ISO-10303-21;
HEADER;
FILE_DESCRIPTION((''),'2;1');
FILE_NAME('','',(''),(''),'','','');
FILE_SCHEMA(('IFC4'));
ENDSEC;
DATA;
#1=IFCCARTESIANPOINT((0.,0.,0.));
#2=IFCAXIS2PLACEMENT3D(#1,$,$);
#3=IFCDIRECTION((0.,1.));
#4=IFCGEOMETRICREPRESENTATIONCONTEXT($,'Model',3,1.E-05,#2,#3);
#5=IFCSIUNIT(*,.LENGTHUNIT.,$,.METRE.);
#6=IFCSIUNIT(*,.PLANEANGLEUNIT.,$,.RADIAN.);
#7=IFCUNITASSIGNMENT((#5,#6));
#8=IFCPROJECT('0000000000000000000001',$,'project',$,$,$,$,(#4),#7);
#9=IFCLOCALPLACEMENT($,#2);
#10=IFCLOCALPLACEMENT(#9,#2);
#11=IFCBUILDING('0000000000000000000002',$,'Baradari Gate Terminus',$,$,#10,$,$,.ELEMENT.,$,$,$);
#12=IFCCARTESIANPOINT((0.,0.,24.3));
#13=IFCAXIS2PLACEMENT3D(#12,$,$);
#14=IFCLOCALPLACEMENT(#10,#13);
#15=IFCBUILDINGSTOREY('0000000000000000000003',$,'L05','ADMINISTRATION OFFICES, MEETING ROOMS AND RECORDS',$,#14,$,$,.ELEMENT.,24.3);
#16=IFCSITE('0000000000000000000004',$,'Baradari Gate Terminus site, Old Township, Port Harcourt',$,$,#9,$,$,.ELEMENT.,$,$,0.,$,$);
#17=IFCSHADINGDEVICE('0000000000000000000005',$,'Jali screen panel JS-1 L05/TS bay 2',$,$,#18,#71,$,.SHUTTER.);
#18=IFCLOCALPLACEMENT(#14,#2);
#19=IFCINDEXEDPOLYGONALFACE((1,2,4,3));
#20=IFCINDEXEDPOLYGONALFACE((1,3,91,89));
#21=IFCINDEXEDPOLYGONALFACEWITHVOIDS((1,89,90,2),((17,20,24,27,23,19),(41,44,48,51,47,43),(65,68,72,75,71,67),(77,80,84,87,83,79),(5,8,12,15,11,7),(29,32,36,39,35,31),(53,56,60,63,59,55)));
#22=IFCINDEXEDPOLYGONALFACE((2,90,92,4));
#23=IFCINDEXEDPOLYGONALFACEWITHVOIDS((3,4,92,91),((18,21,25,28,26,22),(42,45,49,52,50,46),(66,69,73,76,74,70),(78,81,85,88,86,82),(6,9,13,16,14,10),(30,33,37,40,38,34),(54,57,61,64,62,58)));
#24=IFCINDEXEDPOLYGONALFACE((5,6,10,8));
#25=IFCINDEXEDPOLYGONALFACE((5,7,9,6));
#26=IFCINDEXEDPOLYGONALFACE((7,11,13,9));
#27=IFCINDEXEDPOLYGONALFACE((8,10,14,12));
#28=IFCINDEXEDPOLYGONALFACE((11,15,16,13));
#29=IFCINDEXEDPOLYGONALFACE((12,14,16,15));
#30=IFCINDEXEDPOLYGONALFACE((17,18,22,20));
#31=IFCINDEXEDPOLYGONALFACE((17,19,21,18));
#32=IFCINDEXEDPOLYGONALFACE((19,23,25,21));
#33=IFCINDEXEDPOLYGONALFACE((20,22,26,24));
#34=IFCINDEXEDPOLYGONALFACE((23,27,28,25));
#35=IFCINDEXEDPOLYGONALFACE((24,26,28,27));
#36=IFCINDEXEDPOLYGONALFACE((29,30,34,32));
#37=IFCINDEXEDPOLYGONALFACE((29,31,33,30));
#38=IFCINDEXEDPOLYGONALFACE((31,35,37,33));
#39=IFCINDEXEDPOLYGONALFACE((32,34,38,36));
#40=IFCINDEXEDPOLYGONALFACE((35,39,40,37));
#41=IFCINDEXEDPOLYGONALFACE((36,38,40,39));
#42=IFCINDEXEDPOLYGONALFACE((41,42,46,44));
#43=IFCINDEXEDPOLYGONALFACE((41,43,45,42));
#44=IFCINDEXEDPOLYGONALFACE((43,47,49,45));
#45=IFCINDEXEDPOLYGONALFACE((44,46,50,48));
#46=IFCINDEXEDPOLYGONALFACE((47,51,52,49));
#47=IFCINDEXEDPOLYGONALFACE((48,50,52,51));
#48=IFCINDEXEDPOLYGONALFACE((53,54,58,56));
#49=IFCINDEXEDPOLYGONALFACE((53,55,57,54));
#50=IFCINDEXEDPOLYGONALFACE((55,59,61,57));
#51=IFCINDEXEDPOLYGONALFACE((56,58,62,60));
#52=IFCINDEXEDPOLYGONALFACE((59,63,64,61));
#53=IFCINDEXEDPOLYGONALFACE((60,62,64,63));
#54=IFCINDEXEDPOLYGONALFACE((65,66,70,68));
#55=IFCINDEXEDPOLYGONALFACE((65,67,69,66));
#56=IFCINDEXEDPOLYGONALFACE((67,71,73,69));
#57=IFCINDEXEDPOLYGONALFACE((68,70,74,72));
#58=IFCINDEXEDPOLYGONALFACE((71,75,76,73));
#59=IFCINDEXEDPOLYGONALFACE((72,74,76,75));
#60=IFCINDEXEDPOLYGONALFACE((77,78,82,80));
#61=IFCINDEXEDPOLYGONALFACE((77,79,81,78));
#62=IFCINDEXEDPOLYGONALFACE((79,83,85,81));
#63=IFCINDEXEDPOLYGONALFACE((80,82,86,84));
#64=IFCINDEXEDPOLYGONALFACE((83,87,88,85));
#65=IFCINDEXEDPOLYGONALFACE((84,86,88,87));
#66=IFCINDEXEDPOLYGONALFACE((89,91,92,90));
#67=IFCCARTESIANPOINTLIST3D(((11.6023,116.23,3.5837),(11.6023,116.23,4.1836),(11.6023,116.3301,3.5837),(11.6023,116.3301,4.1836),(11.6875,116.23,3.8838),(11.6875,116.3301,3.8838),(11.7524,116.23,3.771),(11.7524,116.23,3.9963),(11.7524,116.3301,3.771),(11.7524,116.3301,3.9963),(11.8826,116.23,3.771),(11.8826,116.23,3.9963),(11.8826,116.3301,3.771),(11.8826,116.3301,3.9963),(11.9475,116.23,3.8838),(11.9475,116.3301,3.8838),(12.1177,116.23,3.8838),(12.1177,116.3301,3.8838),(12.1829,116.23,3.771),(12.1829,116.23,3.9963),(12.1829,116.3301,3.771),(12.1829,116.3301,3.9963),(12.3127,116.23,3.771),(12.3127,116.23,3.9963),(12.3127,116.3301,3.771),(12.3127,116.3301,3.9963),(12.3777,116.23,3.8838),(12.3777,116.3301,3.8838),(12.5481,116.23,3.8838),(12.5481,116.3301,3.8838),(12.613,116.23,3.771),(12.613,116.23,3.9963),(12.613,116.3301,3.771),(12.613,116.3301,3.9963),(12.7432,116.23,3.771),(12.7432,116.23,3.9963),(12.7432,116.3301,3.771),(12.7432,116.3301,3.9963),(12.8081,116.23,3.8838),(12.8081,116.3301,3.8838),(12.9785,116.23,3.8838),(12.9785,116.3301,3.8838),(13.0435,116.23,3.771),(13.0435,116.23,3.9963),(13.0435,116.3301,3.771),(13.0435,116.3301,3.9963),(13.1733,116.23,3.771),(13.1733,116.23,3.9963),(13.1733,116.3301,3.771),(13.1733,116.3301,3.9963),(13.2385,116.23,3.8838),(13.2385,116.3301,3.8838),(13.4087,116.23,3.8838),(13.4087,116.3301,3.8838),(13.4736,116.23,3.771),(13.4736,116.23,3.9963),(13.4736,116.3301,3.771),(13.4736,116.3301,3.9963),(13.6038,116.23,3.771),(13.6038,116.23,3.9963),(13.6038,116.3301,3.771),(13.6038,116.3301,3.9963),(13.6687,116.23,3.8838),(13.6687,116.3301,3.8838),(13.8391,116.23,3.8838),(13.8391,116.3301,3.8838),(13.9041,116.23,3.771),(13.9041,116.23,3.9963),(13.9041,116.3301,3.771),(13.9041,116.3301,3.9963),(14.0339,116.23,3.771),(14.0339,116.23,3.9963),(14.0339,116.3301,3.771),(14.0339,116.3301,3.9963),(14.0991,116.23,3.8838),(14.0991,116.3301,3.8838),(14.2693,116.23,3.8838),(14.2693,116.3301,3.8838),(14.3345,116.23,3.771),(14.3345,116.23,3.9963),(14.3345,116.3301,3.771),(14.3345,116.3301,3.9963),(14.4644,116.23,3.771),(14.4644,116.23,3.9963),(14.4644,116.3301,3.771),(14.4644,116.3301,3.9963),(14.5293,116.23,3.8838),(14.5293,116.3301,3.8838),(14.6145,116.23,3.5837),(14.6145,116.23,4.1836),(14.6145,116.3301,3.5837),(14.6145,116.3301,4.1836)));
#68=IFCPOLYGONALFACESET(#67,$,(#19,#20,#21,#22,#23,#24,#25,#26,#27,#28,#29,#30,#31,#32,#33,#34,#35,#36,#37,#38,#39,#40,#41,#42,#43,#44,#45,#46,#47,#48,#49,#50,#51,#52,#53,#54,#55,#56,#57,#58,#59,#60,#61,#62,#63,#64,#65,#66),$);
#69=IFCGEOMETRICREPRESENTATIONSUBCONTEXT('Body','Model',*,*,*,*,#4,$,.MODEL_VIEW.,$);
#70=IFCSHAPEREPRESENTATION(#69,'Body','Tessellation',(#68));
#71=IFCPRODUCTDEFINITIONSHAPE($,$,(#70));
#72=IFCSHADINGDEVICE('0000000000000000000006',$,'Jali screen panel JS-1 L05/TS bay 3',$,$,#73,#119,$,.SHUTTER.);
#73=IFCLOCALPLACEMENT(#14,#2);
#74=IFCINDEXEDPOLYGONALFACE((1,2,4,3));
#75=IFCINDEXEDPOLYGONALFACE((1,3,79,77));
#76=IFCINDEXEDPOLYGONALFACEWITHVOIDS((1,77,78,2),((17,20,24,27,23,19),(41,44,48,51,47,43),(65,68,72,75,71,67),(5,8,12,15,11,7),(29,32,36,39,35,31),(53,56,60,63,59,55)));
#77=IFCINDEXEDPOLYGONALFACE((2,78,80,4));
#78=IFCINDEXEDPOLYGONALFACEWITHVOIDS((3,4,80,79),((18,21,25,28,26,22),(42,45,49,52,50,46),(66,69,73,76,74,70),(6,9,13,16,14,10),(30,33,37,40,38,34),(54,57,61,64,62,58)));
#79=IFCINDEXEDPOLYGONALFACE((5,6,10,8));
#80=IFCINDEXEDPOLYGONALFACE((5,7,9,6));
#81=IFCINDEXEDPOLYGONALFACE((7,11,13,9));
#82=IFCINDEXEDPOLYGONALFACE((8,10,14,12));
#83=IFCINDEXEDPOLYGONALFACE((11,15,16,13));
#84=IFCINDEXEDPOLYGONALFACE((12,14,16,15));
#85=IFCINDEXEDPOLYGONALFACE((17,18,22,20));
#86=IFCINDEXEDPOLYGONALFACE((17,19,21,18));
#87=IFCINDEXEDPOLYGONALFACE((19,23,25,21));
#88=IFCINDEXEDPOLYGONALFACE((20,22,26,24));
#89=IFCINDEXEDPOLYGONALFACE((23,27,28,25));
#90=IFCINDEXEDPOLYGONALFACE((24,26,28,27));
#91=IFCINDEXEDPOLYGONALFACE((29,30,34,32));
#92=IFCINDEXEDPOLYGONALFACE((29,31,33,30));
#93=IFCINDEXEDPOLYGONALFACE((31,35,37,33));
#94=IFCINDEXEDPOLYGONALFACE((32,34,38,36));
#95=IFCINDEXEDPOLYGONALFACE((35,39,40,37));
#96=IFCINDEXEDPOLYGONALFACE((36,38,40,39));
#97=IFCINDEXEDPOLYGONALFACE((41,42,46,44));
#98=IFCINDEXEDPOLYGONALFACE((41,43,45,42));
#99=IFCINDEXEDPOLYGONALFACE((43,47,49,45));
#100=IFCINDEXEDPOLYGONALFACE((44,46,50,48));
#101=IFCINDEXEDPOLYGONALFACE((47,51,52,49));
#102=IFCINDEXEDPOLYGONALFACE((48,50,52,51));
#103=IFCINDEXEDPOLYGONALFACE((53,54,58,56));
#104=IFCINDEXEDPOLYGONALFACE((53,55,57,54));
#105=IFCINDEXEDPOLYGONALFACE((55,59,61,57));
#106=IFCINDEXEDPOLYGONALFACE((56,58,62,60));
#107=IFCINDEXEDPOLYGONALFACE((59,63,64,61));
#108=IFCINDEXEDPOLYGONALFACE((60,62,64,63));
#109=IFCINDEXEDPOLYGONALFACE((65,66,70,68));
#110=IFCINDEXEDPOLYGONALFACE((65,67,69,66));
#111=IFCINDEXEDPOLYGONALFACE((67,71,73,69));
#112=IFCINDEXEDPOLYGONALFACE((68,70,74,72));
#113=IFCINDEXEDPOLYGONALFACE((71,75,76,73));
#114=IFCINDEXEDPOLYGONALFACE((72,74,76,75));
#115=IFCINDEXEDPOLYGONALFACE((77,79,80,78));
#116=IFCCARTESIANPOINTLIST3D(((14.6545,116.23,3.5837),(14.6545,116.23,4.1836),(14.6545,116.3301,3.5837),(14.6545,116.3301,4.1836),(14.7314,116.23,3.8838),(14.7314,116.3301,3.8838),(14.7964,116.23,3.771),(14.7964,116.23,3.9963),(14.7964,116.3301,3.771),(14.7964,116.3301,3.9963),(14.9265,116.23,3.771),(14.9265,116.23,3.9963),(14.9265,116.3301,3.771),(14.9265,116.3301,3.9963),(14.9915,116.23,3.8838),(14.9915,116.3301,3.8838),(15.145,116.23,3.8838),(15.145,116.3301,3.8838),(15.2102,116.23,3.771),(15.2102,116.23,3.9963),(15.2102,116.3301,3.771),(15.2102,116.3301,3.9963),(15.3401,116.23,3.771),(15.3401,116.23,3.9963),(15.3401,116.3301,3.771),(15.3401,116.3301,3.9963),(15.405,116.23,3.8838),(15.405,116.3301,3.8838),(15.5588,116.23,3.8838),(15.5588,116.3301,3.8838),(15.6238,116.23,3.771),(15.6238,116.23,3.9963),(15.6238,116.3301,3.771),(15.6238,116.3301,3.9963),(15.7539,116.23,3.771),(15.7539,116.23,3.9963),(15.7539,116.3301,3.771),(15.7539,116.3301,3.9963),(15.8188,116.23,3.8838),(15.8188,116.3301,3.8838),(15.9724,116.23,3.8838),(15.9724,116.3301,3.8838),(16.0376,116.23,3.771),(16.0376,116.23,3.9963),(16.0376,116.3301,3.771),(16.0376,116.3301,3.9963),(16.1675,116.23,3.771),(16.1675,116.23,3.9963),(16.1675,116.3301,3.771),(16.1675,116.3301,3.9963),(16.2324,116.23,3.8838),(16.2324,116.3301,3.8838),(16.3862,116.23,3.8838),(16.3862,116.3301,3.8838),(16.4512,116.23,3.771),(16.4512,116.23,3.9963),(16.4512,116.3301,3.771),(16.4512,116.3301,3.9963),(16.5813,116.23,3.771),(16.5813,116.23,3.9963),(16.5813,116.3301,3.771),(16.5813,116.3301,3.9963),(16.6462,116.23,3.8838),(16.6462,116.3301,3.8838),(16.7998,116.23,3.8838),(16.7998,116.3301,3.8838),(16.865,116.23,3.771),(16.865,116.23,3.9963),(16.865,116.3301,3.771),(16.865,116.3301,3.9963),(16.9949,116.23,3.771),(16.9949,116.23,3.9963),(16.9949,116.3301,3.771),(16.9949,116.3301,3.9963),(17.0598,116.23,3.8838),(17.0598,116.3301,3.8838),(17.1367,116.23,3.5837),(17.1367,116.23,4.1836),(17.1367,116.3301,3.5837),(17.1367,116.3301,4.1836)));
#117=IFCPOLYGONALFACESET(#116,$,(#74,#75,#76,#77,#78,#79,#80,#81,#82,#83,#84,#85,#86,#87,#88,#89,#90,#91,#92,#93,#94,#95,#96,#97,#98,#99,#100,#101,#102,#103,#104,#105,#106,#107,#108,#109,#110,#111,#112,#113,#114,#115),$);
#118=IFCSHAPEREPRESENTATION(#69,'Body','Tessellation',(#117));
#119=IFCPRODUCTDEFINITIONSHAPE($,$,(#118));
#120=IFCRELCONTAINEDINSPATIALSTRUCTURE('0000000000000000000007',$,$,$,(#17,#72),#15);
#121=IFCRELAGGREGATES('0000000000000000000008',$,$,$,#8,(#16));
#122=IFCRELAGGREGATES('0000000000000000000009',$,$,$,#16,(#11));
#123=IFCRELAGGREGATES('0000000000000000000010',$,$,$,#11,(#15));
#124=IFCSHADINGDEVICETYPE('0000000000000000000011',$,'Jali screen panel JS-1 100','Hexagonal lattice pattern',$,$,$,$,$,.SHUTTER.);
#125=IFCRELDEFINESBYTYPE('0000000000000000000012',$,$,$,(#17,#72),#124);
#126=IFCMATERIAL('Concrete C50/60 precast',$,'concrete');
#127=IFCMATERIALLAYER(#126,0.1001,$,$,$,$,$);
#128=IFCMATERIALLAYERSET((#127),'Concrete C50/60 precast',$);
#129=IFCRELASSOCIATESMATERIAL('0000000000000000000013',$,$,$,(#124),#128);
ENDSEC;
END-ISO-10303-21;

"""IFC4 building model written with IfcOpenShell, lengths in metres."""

from ifc_helpers import new_model, si_unit, direction, frame, origin, place, context, subcontext, project, spatial, polyline, outline, extrude, material, layer, layer_set, type_object, element, save


model = new_model("IFC4")

# Units and contexts
model_context = context("Model", 3, precision=1e-05, world=origin(), true_north=direction((0.0, 1.0)))
body_context = subcontext(model_context, "Body", "Model", "MODEL_VIEW")
ifc_project = project(units=[si_unit("LENGTHUNIT", "METRE"), si_unit("PLANEANGLEUNIT", "RADIAN")], contexts=[model_context])

# Site, building, storey
site_placement = place(None, origin())
site = spatial("IfcSite", under=ifc_project, at=site_placement, Name="Baradari Gate Terminus site, Old Township, Port Harcourt", CompositionType="ELEMENT", RefElevation=0.0)
building_placement = place(site_placement, origin())
building = spatial("IfcBuilding", under=site, at=building_placement, Name="Baradari Gate Terminus", CompositionType="ELEMENT")
storey_placement = place(building_placement, frame((0.0, 0.0, 24.3)))
storey = spatial("IfcBuildingStorey", under=building, at=storey_placement, Name="L05", Description="ADMINISTRATION OFFICES, MEETING ROOMS AND RECORDS", CompositionType="ELEMENT", Elevation=24.3)

# Shading devices
ifc_material_1 = material(Name="Concrete C50/60 precast", Category="concrete")
ifc_layer_1 = layer(ifc_material_1, 0.1001)
ifc_layer_set_1 = layer_set([ifc_layer_1], Name="Concrete C50/60 precast")
shading_device_type = type_object("IfcShadingDeviceType", Name="Jali screen panel JS-1 100", Description="Hexagonal lattice pattern", PredefinedType="SHUTTER", material=ifc_layer_set_1)
shading_device_1_placement = place(storey_placement, frame((11.6023, 116.28, 3.5837), z_axis=(0.0, 0.0, 1.0), x_axis=(1.0, 0.0, 0.0)))
element("IfcShadingDevice", 1, at=shading_device_1_placement, inside=storey, type_object=shading_device_type, Name="Jali screen panel JS-1 L05/TS bay 2", PredefinedType="SHUTTER", context=body_context, shape_type="SweptSolid", body=[
    extrude(outline(polyline([(0.0, 0.0), (3.0122, 0.0), (3.0122, 0.5999), (0.0, 0.5999), (0.0, 0.0)]), holes=[polyline([(0.3452, 0.3), (0.2803, 0.1873), (0.1501, 0.1873), (0.0852, 0.3), (0.1501, 0.4126), (0.2803, 0.4126), (0.3452, 0.3)]), polyline([(0.7754, 0.3), (0.7104, 0.1873), (0.5806, 0.1873), (0.5154, 0.3), (0.5806, 0.4126), (0.7104, 0.4126), (0.7754, 0.3)]), polyline([(1.2058, 0.3), (1.1409, 0.1873), (1.0107, 0.1873), (0.9458, 0.3), (1.0107, 0.4126), (1.1409, 0.4126), (1.2058, 0.3)]), polyline([(1.6362, 0.3), (1.571, 0.1873), (1.4412, 0.1873), (1.3762, 0.3), (1.4412, 0.4126), (1.571, 0.4126), (1.6362, 0.3)]), polyline([(2.0664, 0.3), (2.0015, 0.1873), (1.8713, 0.1873), (1.8064, 0.3), (1.8713, 0.4126), (2.0015, 0.4126), (2.0664, 0.3)]), polyline([(2.4968, 0.3), (2.4316, 0.1873), (2.3018, 0.1873), (2.2368, 0.3), (2.3018, 0.4126), (2.4316, 0.4126), (2.4968, 0.3)]), polyline([(2.927, 0.3), (2.8621, 0.1873), (2.7322, 0.1873), (2.667, 0.3), (2.7322, 0.4126), (2.8621, 0.4126), (2.927, 0.3)])]), frame((0.0, 0.05, 0.0), z_axis=(0.0, -1.0, 0.0), x_axis=(1.0, 0.0, 0.0)), (0.0, 0.0, 1.0), 0.1001),
])
shading_device_2_placement = place(storey_placement, frame((14.6545, 116.28, 3.5837), z_axis=(0.0, 0.0, 1.0), x_axis=(1.0, 0.0, 0.0)))
element("IfcShadingDevice", 2, at=shading_device_2_placement, inside=storey, type_object=shading_device_type, Name="Jali screen panel JS-1 L05/TS bay 3", PredefinedType="SHUTTER", context=body_context, shape_type="SweptSolid", body=[
    extrude(outline(polyline([(0.0, 0.0), (2.4822, 0.0), (2.4822, 0.5999), (0.0, 0.5999), (0.0, 0.0)]), holes=[polyline([(0.3369, 0.3), (0.272, 0.1873), (0.1418, 0.1873), (0.0769, 0.3), (0.1418, 0.4126), (0.272, 0.4126), (0.3369, 0.3)]), polyline([(0.7505, 0.3), (0.6855, 0.1873), (0.5557, 0.1873), (0.4905, 0.3), (0.5557, 0.4126), (0.6855, 0.4126), (0.7505, 0.3)]), polyline([(1.1643, 0.3), (1.0994, 0.1873), (0.9692, 0.1873), (0.9043, 0.3), (0.9692, 0.4126), (1.0994, 0.4126), (1.1643, 0.3)]), polyline([(1.5779, 0.3), (1.5129, 0.1873), (1.3831, 0.1873), (1.3179, 0.3), (1.3831, 0.4126), (1.5129, 0.4126), (1.5779, 0.3)]), polyline([(1.9917, 0.3), (1.9268, 0.1873), (1.7966, 0.1873), (1.7317, 0.3), (1.7966, 0.4126), (1.9268, 0.4126), (1.9917, 0.3)]), polyline([(2.4053, 0.3), (2.3403, 0.1873), (2.2104, 0.1873), (2.1453, 0.3), (2.2104, 0.4126), (2.3403, 0.4126), (2.4053, 0.3)])]), frame((0.0, 0.05, 0.0), z_axis=(0.0, -1.0, 0.0), x_axis=(1.0, 0.0, 0.0)), (0.0, 0.0, 1.0), 0.1001),
])

save(model, "model.ifc")
